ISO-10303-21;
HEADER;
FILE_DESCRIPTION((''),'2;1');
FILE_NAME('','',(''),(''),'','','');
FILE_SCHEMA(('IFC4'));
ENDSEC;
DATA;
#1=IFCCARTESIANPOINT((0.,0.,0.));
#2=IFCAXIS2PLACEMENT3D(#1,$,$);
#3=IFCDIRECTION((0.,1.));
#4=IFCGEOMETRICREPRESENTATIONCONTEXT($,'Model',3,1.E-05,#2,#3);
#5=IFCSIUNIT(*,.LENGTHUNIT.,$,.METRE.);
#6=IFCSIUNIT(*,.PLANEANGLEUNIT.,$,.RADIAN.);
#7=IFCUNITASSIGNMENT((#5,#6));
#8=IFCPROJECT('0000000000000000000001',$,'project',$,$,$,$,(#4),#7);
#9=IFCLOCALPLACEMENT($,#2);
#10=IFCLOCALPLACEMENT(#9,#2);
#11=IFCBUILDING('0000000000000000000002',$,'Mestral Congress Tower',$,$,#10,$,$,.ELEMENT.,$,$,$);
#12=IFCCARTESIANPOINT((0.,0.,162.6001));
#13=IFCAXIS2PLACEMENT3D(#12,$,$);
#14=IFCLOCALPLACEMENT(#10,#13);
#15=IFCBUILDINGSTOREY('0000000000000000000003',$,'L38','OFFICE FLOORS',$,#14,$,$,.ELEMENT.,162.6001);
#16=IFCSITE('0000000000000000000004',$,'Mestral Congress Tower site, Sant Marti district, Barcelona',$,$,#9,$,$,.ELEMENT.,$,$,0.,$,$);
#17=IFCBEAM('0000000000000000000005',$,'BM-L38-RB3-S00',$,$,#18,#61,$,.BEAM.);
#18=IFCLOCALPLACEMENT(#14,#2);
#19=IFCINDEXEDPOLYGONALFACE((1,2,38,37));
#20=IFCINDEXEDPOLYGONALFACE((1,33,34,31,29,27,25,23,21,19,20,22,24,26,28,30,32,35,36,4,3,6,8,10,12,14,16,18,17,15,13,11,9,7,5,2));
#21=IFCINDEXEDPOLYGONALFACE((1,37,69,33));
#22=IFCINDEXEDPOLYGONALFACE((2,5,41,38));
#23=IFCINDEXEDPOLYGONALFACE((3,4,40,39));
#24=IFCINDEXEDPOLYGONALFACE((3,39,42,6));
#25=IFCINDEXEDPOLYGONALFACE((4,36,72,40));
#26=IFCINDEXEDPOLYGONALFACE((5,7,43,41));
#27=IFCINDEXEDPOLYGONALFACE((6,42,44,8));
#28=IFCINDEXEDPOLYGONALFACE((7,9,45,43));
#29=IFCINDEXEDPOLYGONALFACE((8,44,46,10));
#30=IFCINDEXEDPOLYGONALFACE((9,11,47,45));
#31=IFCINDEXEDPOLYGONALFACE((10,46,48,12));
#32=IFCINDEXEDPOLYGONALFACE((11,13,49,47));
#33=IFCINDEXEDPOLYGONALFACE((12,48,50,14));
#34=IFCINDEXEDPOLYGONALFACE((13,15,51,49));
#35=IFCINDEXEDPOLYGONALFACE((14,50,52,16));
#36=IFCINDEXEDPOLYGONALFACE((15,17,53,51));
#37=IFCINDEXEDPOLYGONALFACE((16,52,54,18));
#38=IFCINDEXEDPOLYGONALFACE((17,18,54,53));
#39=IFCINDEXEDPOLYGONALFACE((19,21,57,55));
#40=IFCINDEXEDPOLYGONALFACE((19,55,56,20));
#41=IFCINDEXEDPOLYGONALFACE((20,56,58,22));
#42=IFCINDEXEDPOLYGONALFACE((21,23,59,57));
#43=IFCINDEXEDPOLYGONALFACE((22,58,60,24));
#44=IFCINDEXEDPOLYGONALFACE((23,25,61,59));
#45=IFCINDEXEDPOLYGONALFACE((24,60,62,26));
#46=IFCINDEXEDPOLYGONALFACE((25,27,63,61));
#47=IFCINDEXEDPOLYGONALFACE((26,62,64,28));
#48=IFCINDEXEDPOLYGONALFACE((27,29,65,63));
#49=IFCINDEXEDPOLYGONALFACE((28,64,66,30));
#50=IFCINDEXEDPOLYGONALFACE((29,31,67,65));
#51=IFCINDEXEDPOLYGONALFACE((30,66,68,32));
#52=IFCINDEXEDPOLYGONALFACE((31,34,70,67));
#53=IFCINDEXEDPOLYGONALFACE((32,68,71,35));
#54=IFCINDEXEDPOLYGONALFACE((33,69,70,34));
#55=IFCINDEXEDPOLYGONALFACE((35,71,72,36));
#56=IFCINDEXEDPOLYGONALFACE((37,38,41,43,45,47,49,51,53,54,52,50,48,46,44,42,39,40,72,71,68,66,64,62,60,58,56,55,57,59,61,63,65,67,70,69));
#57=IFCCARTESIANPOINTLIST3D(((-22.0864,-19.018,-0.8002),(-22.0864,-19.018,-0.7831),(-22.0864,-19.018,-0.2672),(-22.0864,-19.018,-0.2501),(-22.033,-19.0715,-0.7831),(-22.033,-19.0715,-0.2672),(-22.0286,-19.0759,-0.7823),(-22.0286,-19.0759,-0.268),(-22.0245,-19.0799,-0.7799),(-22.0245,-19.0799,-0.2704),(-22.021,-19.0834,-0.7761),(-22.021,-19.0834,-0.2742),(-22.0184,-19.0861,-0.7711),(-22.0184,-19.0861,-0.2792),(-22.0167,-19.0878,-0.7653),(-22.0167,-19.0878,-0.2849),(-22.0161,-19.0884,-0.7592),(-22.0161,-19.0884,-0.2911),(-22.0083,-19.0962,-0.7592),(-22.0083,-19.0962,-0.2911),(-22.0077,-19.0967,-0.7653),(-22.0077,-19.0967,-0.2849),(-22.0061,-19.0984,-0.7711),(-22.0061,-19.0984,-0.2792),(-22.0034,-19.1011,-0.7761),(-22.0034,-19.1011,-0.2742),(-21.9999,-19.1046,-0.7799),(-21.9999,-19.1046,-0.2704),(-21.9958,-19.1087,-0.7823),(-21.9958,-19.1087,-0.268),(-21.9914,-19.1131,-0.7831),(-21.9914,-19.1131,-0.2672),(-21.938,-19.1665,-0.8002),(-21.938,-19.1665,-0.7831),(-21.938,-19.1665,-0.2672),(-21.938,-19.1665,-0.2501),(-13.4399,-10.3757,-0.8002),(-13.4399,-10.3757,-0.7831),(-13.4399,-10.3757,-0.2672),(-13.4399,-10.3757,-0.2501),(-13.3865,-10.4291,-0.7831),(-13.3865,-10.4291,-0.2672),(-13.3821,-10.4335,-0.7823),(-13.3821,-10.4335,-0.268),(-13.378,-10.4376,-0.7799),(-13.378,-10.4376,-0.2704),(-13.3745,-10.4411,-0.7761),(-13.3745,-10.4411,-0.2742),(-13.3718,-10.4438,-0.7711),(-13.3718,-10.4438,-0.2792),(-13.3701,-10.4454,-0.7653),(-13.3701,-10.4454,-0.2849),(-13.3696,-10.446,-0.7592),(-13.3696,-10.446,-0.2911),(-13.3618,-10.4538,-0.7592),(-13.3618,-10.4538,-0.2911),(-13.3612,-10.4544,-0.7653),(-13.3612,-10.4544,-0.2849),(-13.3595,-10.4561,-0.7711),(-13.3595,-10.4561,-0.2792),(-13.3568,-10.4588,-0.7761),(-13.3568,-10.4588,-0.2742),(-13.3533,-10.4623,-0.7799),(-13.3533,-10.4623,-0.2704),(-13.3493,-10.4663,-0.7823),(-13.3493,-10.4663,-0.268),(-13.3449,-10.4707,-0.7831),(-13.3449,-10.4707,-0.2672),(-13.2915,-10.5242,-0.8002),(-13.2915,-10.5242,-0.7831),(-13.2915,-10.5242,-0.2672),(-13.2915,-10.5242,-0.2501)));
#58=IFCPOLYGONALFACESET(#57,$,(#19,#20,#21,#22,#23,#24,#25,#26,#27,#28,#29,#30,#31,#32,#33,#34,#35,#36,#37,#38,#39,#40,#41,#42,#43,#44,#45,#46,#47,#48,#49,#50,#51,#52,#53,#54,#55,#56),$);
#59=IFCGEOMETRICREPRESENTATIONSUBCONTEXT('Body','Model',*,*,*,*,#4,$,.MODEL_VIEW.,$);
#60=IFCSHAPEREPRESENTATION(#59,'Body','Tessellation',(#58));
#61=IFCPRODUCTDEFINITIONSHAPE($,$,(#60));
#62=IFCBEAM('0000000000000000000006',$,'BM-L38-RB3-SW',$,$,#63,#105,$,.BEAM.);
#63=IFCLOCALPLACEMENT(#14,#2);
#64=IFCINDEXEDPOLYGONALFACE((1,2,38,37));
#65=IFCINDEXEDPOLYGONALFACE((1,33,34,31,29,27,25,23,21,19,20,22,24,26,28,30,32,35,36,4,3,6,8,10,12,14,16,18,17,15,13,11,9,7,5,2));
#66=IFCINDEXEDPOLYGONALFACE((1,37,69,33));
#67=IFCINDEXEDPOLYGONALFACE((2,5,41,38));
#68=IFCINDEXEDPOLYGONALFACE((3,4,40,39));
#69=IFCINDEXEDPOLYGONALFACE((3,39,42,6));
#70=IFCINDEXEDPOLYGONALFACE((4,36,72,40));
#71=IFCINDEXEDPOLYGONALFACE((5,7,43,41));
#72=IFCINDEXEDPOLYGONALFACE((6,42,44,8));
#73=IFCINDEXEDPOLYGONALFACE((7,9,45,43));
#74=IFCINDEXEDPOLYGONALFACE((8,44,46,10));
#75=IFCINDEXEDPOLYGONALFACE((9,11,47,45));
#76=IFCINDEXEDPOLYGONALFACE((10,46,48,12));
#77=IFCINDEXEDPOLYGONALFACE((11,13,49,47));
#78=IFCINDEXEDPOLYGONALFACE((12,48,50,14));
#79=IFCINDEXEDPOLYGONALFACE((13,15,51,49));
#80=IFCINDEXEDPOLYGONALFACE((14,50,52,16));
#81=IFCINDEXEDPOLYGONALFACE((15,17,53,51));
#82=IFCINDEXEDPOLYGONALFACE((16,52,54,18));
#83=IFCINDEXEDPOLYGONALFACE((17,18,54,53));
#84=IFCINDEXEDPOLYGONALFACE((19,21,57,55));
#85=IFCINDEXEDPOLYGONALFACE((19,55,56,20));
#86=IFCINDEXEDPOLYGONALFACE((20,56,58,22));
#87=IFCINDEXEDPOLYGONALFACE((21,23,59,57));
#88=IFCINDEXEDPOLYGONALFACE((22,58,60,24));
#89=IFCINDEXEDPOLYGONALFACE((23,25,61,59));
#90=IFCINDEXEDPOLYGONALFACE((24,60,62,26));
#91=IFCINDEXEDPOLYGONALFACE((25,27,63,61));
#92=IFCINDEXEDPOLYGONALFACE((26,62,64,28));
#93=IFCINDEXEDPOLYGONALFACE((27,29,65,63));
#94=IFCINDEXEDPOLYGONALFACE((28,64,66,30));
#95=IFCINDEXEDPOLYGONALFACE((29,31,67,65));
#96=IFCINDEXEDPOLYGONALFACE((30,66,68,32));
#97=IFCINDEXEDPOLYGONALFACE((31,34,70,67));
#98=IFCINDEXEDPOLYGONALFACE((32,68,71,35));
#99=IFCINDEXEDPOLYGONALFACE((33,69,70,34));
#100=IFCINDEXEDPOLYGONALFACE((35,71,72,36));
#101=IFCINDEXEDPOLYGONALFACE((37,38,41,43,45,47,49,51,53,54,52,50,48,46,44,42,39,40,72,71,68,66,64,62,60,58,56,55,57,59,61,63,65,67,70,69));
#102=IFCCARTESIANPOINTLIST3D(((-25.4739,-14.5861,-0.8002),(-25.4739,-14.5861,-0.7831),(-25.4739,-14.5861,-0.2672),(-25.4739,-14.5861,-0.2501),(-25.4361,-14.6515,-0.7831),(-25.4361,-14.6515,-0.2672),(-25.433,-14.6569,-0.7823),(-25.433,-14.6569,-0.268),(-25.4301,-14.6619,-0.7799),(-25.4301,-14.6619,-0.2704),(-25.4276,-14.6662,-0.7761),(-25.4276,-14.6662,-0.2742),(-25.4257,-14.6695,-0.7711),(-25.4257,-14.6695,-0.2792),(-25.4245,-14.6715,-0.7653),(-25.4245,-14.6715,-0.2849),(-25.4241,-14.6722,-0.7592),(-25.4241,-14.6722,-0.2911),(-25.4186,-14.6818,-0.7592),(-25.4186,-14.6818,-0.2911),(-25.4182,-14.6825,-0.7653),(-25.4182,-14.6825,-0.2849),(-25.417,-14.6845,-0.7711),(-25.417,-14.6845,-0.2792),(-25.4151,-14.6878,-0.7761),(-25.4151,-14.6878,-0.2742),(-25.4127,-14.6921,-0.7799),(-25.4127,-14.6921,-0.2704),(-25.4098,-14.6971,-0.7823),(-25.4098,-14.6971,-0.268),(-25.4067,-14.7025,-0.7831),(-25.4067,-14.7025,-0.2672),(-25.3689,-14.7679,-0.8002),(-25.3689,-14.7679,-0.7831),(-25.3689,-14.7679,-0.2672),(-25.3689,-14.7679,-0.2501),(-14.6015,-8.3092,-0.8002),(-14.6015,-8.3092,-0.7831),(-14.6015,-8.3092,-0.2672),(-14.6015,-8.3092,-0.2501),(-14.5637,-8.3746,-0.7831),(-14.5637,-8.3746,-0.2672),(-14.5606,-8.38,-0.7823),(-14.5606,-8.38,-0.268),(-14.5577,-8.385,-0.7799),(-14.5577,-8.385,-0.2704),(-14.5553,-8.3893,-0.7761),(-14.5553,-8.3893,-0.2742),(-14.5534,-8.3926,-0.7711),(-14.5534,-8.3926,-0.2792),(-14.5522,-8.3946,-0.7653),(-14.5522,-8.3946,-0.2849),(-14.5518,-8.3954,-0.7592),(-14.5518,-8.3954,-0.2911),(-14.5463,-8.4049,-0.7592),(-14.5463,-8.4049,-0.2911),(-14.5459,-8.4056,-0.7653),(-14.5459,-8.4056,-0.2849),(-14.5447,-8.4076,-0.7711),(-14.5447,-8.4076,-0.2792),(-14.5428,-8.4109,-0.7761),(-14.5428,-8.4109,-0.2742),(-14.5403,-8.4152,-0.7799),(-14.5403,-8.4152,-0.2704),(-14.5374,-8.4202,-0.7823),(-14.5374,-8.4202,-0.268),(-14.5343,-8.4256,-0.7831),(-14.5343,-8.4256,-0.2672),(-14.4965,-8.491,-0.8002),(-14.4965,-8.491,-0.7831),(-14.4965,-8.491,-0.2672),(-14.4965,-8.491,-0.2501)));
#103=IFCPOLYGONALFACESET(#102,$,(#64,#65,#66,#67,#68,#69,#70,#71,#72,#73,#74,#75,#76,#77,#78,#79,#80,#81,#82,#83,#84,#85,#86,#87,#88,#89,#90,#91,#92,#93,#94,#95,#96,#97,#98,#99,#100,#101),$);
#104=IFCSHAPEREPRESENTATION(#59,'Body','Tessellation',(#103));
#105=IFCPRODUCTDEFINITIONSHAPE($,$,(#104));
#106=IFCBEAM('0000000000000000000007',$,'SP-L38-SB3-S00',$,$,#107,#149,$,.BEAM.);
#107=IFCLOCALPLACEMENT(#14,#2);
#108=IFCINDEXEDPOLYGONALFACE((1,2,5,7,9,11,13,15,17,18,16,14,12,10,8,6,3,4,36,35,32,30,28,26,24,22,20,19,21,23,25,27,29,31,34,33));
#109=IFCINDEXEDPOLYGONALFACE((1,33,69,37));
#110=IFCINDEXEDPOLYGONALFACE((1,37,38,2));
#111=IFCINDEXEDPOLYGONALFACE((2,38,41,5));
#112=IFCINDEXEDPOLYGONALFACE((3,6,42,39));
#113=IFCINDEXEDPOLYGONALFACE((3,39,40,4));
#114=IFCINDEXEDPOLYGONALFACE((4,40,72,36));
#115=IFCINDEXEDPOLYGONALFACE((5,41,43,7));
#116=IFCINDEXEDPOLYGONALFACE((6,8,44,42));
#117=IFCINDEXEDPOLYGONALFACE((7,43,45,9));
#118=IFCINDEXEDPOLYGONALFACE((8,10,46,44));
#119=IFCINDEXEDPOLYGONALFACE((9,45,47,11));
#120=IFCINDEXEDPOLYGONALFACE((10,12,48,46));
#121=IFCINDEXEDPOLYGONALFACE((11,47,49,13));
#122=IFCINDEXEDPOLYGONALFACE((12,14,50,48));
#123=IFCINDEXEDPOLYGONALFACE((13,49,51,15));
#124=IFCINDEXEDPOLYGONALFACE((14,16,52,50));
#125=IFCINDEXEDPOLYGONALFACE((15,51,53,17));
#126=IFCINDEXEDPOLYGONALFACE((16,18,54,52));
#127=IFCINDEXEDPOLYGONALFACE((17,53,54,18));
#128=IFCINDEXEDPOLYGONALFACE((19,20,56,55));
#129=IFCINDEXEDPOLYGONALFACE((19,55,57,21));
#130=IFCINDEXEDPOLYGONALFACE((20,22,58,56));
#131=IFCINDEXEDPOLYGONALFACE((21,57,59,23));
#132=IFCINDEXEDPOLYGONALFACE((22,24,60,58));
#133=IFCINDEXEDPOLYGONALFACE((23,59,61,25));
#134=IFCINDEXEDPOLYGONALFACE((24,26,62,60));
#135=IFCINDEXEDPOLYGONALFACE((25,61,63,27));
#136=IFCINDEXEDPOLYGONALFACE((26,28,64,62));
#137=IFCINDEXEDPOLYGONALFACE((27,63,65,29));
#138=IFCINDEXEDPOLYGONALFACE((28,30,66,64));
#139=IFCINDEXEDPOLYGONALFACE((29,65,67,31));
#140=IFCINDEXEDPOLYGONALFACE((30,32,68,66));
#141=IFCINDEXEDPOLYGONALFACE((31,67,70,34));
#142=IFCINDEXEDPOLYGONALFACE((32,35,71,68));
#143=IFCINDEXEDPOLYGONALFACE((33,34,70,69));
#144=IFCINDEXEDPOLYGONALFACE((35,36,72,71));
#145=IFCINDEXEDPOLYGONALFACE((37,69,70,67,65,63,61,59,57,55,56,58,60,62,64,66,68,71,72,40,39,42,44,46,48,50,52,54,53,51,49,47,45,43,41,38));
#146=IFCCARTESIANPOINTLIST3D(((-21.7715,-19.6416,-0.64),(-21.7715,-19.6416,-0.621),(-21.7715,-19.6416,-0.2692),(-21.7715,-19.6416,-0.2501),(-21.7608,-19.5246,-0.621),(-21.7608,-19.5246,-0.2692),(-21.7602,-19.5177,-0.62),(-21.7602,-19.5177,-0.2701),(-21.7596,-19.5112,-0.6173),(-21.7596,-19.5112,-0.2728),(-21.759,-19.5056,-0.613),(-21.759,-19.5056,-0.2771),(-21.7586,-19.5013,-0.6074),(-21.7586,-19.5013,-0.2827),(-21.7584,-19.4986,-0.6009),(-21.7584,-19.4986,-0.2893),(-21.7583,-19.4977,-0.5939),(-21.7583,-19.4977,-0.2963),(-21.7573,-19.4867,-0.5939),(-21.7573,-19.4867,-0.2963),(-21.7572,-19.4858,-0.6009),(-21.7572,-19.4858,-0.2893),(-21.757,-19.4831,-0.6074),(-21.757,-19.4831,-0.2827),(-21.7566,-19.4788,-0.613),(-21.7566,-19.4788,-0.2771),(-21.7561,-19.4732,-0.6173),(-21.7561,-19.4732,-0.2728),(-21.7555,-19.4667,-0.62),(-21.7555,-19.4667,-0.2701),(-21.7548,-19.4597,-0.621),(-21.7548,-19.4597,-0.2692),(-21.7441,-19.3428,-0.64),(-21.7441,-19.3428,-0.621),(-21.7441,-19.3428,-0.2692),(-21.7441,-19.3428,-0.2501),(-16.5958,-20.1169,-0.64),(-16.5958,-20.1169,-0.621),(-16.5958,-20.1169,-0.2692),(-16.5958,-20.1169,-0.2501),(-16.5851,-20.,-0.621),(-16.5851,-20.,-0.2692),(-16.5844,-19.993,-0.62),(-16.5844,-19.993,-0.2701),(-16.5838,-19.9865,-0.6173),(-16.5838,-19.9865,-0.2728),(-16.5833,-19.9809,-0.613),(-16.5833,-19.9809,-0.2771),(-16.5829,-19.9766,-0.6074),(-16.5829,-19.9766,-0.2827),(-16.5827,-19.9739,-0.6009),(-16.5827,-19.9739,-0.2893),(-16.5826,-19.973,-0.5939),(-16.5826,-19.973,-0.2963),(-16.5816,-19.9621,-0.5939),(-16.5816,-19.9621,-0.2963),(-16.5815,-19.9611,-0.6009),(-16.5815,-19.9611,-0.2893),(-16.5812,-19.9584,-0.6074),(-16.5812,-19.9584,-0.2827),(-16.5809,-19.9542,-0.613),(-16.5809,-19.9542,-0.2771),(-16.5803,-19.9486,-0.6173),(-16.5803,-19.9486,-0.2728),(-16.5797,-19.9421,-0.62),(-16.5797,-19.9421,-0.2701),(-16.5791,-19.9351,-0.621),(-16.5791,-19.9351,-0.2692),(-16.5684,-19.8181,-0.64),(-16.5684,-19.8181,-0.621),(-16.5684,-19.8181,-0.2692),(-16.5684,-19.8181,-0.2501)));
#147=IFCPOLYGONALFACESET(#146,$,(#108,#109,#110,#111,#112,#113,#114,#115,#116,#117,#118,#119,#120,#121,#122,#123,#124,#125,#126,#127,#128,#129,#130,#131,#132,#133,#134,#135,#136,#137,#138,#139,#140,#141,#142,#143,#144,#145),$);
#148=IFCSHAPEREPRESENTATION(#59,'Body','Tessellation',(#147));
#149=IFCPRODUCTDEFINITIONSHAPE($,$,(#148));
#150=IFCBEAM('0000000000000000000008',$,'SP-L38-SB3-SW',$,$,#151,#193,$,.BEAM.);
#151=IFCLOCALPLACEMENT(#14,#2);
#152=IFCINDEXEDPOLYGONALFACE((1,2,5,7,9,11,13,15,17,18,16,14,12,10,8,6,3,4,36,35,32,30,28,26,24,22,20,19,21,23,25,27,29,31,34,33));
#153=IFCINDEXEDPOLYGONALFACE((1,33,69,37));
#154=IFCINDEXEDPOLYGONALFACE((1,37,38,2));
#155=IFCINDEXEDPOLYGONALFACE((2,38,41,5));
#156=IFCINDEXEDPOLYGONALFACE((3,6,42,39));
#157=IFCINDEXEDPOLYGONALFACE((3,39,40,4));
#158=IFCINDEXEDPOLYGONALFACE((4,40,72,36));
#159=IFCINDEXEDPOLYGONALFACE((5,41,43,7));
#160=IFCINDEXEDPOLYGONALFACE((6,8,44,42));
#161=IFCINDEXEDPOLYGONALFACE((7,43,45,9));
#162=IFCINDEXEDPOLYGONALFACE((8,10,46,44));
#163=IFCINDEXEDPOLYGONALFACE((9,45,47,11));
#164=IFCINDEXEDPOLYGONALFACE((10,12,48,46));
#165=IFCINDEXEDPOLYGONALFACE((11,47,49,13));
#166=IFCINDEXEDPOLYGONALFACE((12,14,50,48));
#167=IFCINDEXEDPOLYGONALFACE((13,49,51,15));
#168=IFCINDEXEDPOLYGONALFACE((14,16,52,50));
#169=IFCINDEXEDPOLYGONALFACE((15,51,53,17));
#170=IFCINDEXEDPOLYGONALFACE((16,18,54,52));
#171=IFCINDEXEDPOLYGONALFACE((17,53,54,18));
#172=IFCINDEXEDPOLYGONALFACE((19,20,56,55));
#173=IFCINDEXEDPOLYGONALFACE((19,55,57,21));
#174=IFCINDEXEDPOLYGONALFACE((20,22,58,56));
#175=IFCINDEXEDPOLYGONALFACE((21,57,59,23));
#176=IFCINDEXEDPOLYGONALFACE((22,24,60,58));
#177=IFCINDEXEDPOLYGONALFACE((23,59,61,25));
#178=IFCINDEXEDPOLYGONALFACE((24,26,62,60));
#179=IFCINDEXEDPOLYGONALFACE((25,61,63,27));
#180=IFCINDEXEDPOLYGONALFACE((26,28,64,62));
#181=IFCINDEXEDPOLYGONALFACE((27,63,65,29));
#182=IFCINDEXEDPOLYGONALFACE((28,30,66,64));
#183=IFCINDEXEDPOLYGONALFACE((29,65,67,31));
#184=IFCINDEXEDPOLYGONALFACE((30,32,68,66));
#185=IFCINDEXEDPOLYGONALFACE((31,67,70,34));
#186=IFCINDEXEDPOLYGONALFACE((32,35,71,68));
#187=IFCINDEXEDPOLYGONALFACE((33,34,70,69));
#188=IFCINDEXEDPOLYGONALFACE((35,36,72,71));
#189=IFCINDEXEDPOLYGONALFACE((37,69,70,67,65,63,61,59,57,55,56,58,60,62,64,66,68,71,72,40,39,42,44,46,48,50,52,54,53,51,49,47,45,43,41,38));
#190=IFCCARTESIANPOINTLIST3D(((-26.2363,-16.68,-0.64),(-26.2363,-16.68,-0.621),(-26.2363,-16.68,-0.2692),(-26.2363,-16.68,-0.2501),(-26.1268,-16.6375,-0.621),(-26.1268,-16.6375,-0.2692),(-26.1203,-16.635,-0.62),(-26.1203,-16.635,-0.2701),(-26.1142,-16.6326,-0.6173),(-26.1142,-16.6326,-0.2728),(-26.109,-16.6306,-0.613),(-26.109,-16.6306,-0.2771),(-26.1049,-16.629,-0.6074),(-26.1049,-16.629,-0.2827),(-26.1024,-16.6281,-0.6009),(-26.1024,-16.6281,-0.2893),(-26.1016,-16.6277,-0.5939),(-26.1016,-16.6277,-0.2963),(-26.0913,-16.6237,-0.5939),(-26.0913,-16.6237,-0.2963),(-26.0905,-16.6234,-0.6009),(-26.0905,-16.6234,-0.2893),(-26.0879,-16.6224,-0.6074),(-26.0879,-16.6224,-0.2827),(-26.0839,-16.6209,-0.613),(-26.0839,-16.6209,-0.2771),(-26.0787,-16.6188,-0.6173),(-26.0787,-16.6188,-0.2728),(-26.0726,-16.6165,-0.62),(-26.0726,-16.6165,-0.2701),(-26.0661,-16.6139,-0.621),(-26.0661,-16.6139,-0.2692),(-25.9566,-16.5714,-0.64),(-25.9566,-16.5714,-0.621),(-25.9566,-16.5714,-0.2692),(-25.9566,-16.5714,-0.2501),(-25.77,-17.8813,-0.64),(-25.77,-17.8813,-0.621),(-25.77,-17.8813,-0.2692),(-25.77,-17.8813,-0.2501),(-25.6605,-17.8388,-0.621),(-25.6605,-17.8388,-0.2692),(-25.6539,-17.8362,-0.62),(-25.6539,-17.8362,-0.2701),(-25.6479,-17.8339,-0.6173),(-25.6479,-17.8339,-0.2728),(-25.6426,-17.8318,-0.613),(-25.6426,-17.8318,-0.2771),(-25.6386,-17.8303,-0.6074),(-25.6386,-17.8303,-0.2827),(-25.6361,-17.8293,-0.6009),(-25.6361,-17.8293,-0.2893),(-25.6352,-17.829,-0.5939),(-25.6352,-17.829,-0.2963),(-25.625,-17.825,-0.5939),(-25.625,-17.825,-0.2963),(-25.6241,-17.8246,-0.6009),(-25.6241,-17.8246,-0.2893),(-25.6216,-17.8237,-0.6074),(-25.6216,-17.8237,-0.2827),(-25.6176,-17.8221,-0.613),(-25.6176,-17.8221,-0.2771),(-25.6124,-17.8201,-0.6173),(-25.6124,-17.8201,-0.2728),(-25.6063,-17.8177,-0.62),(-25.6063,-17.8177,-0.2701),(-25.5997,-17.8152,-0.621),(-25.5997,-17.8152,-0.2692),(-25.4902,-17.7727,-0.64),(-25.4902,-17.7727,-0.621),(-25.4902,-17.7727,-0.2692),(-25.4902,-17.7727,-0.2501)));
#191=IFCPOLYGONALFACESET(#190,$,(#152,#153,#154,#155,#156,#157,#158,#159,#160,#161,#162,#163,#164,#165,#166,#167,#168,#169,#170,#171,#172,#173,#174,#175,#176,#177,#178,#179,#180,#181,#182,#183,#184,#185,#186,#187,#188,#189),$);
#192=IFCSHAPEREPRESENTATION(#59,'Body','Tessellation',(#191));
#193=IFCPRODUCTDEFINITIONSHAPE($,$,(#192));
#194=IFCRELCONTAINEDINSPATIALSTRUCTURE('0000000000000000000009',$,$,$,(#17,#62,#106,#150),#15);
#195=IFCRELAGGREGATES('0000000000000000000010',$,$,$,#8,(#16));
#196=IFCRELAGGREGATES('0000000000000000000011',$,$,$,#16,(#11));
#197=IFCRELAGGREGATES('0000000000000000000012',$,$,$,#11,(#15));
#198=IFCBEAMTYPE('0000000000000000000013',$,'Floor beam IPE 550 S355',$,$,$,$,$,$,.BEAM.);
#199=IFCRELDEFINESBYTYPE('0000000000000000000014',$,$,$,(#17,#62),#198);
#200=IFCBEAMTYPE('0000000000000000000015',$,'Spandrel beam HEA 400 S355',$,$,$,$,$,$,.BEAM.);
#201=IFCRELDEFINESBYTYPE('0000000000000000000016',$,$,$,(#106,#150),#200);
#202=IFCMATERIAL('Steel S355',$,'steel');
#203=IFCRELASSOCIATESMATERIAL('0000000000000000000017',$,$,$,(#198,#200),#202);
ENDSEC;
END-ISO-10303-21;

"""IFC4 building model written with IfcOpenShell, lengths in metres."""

from ifc_helpers import new_model, si_unit, direction, frame, origin, origin_2d, place, context, subcontext, project, spatial, i_section, extrude, material, material_profile, profile_set, type_object, element, save


model = new_model("IFC4")

# Units and contexts
model_context = context("Model", 3, precision=1e-05, world=origin(), true_north=direction((0.0, 1.0)))
body_context = subcontext(model_context, "Body", "Model", "MODEL_VIEW")
ifc_project = project(units=[si_unit("LENGTHUNIT", "METRE"), si_unit("PLANEANGLEUNIT", "RADIAN")], contexts=[model_context])

# Site, building, storey
site_placement = place(None, origin())
site = spatial("IfcSite", under=ifc_project, at=site_placement, Name="Mestral Congress Tower site, Sant Marti district, Barcelona", CompositionType="ELEMENT", RefElevation=0.0)
building_placement = place(site_placement, origin())
building = spatial("IfcBuilding", under=site, at=building_placement, Name="Mestral Congress Tower", CompositionType="ELEMENT")
storey_placement = place(building_placement, frame((0.0, 0.0, 162.6001)))
storey = spatial("IfcBuildingStorey", under=building, at=storey_placement, Name="L38", Description="OFFICE FLOORS", CompositionType="ELEMENT", Elevation=162.6001)

# Beams
ifc_material_1 = material(Name="Steel S355", Category="steel")
ifc_material_profile_1 = material_profile(ifc_material_1, i_section(OverallWidth=0.21, OverallDepth=0.55, WebThickness=0.011, FlangeThickness=0.0171, FilletRadius=0.0239, at=origin_2d()), Name="IPE 550")
ifc_profile_set_1 = profile_set([ifc_material_profile_1], Name="Steel S355")
beam_type_1 = type_object("IfcBeamType", Name="Floor beam IPE 550 S355", PredefinedType="BEAM", material=ifc_profile_set_1)
beam_1_placement = place(storey_placement, frame((-22.0122, -19.0923, -0.5251), z_axis=(0.707277, 0.706937, 0.0), x_axis=(-0.706937, 0.707277, 0.0)))
element("IfcBeam", 1, at=beam_1_placement, inside=storey, type_object=beam_type_1, Name="BM-L38-RB3-S00", PredefinedType="BEAM", context=body_context, shape_type="SweptSolid", body=[
    extrude(i_section(OverallWidth=0.21, OverallDepth=0.55, WebThickness=0.011, FlangeThickness=0.0171, FilletRadius=0.0239, at=origin_2d()), origin(), (0.0, 0.0, 1.0), 12.2251),
])
beam_2_placement = place(storey_placement, frame((-25.4214, -14.677, -0.5251), z_axis=(0.866035, 0.499983, 0.0), x_axis=(-0.499983, 0.866035, 0.0)))
element("IfcBeam", 2, at=beam_2_placement, inside=storey, type_object=beam_type_1, Name="BM-L38-RB3-SW", PredefinedType="BEAM", context=body_context, shape_type="SweptSolid", body=[
    extrude(i_section(OverallWidth=0.21, OverallDepth=0.55, WebThickness=0.011, FlangeThickness=0.0171, FilletRadius=0.0239, at=origin_2d()), origin(), (0.0, 0.0, 1.0), 12.5542),
])
ifc_material_profile_2 = material_profile(ifc_material_1, i_section(OverallWidth=0.3, OverallDepth=0.3899, WebThickness=0.011, FlangeThickness=0.019, FilletRadius=0.0271, at=origin_2d()), Name="HEA 400")
ifc_profile_set_2 = profile_set([ifc_material_profile_2], Name="Steel S355")
beam_type_2 = type_object("IfcBeamType", Name="Spandrel beam HEA 400 S355", PredefinedType="BEAM", material=ifc_profile_set_2)
beam_3_placement = place(storey_placement, frame((-21.7578, -19.4922, -0.4451), z_axis=(0.995809, -0.091455, 0.0), x_axis=(0.091455, 0.995809, 0.0)))
element("IfcBeam", 3, at=beam_3_placement, inside=storey, type_object=beam_type_2, Name="SP-L38-SB3-S00", PredefinedType="BEAM", context=body_context, shape_type="SweptSolid", body=[
    extrude(i_section(OverallWidth=0.3, OverallDepth=0.3899, WebThickness=0.011, FlangeThickness=0.019, FilletRadius=0.0271, at=origin_2d()), origin(), (0.0, 0.0, 1.0), 5.1975),
])
beam_4_placement = place(storey_placement, frame((-26.0964, -16.6257, -0.4451), z_axis=(0.361898, -0.932218, 0.0), x_axis=(0.932218, 0.361898, 0.0)))
element("IfcBeam", 4, at=beam_4_placement, inside=storey, type_object=beam_type_2, Name="SP-L38-SB3-SW", PredefinedType="BEAM", context=body_context, shape_type="SweptSolid", body=[
    extrude(i_section(OverallWidth=0.3, OverallDepth=0.3899, WebThickness=0.011, FlangeThickness=0.019, FilletRadius=0.0271, at=origin_2d()), origin(), (0.0, 0.0, 1.0), 1.2886),
])

save(model, "model.ifc")
